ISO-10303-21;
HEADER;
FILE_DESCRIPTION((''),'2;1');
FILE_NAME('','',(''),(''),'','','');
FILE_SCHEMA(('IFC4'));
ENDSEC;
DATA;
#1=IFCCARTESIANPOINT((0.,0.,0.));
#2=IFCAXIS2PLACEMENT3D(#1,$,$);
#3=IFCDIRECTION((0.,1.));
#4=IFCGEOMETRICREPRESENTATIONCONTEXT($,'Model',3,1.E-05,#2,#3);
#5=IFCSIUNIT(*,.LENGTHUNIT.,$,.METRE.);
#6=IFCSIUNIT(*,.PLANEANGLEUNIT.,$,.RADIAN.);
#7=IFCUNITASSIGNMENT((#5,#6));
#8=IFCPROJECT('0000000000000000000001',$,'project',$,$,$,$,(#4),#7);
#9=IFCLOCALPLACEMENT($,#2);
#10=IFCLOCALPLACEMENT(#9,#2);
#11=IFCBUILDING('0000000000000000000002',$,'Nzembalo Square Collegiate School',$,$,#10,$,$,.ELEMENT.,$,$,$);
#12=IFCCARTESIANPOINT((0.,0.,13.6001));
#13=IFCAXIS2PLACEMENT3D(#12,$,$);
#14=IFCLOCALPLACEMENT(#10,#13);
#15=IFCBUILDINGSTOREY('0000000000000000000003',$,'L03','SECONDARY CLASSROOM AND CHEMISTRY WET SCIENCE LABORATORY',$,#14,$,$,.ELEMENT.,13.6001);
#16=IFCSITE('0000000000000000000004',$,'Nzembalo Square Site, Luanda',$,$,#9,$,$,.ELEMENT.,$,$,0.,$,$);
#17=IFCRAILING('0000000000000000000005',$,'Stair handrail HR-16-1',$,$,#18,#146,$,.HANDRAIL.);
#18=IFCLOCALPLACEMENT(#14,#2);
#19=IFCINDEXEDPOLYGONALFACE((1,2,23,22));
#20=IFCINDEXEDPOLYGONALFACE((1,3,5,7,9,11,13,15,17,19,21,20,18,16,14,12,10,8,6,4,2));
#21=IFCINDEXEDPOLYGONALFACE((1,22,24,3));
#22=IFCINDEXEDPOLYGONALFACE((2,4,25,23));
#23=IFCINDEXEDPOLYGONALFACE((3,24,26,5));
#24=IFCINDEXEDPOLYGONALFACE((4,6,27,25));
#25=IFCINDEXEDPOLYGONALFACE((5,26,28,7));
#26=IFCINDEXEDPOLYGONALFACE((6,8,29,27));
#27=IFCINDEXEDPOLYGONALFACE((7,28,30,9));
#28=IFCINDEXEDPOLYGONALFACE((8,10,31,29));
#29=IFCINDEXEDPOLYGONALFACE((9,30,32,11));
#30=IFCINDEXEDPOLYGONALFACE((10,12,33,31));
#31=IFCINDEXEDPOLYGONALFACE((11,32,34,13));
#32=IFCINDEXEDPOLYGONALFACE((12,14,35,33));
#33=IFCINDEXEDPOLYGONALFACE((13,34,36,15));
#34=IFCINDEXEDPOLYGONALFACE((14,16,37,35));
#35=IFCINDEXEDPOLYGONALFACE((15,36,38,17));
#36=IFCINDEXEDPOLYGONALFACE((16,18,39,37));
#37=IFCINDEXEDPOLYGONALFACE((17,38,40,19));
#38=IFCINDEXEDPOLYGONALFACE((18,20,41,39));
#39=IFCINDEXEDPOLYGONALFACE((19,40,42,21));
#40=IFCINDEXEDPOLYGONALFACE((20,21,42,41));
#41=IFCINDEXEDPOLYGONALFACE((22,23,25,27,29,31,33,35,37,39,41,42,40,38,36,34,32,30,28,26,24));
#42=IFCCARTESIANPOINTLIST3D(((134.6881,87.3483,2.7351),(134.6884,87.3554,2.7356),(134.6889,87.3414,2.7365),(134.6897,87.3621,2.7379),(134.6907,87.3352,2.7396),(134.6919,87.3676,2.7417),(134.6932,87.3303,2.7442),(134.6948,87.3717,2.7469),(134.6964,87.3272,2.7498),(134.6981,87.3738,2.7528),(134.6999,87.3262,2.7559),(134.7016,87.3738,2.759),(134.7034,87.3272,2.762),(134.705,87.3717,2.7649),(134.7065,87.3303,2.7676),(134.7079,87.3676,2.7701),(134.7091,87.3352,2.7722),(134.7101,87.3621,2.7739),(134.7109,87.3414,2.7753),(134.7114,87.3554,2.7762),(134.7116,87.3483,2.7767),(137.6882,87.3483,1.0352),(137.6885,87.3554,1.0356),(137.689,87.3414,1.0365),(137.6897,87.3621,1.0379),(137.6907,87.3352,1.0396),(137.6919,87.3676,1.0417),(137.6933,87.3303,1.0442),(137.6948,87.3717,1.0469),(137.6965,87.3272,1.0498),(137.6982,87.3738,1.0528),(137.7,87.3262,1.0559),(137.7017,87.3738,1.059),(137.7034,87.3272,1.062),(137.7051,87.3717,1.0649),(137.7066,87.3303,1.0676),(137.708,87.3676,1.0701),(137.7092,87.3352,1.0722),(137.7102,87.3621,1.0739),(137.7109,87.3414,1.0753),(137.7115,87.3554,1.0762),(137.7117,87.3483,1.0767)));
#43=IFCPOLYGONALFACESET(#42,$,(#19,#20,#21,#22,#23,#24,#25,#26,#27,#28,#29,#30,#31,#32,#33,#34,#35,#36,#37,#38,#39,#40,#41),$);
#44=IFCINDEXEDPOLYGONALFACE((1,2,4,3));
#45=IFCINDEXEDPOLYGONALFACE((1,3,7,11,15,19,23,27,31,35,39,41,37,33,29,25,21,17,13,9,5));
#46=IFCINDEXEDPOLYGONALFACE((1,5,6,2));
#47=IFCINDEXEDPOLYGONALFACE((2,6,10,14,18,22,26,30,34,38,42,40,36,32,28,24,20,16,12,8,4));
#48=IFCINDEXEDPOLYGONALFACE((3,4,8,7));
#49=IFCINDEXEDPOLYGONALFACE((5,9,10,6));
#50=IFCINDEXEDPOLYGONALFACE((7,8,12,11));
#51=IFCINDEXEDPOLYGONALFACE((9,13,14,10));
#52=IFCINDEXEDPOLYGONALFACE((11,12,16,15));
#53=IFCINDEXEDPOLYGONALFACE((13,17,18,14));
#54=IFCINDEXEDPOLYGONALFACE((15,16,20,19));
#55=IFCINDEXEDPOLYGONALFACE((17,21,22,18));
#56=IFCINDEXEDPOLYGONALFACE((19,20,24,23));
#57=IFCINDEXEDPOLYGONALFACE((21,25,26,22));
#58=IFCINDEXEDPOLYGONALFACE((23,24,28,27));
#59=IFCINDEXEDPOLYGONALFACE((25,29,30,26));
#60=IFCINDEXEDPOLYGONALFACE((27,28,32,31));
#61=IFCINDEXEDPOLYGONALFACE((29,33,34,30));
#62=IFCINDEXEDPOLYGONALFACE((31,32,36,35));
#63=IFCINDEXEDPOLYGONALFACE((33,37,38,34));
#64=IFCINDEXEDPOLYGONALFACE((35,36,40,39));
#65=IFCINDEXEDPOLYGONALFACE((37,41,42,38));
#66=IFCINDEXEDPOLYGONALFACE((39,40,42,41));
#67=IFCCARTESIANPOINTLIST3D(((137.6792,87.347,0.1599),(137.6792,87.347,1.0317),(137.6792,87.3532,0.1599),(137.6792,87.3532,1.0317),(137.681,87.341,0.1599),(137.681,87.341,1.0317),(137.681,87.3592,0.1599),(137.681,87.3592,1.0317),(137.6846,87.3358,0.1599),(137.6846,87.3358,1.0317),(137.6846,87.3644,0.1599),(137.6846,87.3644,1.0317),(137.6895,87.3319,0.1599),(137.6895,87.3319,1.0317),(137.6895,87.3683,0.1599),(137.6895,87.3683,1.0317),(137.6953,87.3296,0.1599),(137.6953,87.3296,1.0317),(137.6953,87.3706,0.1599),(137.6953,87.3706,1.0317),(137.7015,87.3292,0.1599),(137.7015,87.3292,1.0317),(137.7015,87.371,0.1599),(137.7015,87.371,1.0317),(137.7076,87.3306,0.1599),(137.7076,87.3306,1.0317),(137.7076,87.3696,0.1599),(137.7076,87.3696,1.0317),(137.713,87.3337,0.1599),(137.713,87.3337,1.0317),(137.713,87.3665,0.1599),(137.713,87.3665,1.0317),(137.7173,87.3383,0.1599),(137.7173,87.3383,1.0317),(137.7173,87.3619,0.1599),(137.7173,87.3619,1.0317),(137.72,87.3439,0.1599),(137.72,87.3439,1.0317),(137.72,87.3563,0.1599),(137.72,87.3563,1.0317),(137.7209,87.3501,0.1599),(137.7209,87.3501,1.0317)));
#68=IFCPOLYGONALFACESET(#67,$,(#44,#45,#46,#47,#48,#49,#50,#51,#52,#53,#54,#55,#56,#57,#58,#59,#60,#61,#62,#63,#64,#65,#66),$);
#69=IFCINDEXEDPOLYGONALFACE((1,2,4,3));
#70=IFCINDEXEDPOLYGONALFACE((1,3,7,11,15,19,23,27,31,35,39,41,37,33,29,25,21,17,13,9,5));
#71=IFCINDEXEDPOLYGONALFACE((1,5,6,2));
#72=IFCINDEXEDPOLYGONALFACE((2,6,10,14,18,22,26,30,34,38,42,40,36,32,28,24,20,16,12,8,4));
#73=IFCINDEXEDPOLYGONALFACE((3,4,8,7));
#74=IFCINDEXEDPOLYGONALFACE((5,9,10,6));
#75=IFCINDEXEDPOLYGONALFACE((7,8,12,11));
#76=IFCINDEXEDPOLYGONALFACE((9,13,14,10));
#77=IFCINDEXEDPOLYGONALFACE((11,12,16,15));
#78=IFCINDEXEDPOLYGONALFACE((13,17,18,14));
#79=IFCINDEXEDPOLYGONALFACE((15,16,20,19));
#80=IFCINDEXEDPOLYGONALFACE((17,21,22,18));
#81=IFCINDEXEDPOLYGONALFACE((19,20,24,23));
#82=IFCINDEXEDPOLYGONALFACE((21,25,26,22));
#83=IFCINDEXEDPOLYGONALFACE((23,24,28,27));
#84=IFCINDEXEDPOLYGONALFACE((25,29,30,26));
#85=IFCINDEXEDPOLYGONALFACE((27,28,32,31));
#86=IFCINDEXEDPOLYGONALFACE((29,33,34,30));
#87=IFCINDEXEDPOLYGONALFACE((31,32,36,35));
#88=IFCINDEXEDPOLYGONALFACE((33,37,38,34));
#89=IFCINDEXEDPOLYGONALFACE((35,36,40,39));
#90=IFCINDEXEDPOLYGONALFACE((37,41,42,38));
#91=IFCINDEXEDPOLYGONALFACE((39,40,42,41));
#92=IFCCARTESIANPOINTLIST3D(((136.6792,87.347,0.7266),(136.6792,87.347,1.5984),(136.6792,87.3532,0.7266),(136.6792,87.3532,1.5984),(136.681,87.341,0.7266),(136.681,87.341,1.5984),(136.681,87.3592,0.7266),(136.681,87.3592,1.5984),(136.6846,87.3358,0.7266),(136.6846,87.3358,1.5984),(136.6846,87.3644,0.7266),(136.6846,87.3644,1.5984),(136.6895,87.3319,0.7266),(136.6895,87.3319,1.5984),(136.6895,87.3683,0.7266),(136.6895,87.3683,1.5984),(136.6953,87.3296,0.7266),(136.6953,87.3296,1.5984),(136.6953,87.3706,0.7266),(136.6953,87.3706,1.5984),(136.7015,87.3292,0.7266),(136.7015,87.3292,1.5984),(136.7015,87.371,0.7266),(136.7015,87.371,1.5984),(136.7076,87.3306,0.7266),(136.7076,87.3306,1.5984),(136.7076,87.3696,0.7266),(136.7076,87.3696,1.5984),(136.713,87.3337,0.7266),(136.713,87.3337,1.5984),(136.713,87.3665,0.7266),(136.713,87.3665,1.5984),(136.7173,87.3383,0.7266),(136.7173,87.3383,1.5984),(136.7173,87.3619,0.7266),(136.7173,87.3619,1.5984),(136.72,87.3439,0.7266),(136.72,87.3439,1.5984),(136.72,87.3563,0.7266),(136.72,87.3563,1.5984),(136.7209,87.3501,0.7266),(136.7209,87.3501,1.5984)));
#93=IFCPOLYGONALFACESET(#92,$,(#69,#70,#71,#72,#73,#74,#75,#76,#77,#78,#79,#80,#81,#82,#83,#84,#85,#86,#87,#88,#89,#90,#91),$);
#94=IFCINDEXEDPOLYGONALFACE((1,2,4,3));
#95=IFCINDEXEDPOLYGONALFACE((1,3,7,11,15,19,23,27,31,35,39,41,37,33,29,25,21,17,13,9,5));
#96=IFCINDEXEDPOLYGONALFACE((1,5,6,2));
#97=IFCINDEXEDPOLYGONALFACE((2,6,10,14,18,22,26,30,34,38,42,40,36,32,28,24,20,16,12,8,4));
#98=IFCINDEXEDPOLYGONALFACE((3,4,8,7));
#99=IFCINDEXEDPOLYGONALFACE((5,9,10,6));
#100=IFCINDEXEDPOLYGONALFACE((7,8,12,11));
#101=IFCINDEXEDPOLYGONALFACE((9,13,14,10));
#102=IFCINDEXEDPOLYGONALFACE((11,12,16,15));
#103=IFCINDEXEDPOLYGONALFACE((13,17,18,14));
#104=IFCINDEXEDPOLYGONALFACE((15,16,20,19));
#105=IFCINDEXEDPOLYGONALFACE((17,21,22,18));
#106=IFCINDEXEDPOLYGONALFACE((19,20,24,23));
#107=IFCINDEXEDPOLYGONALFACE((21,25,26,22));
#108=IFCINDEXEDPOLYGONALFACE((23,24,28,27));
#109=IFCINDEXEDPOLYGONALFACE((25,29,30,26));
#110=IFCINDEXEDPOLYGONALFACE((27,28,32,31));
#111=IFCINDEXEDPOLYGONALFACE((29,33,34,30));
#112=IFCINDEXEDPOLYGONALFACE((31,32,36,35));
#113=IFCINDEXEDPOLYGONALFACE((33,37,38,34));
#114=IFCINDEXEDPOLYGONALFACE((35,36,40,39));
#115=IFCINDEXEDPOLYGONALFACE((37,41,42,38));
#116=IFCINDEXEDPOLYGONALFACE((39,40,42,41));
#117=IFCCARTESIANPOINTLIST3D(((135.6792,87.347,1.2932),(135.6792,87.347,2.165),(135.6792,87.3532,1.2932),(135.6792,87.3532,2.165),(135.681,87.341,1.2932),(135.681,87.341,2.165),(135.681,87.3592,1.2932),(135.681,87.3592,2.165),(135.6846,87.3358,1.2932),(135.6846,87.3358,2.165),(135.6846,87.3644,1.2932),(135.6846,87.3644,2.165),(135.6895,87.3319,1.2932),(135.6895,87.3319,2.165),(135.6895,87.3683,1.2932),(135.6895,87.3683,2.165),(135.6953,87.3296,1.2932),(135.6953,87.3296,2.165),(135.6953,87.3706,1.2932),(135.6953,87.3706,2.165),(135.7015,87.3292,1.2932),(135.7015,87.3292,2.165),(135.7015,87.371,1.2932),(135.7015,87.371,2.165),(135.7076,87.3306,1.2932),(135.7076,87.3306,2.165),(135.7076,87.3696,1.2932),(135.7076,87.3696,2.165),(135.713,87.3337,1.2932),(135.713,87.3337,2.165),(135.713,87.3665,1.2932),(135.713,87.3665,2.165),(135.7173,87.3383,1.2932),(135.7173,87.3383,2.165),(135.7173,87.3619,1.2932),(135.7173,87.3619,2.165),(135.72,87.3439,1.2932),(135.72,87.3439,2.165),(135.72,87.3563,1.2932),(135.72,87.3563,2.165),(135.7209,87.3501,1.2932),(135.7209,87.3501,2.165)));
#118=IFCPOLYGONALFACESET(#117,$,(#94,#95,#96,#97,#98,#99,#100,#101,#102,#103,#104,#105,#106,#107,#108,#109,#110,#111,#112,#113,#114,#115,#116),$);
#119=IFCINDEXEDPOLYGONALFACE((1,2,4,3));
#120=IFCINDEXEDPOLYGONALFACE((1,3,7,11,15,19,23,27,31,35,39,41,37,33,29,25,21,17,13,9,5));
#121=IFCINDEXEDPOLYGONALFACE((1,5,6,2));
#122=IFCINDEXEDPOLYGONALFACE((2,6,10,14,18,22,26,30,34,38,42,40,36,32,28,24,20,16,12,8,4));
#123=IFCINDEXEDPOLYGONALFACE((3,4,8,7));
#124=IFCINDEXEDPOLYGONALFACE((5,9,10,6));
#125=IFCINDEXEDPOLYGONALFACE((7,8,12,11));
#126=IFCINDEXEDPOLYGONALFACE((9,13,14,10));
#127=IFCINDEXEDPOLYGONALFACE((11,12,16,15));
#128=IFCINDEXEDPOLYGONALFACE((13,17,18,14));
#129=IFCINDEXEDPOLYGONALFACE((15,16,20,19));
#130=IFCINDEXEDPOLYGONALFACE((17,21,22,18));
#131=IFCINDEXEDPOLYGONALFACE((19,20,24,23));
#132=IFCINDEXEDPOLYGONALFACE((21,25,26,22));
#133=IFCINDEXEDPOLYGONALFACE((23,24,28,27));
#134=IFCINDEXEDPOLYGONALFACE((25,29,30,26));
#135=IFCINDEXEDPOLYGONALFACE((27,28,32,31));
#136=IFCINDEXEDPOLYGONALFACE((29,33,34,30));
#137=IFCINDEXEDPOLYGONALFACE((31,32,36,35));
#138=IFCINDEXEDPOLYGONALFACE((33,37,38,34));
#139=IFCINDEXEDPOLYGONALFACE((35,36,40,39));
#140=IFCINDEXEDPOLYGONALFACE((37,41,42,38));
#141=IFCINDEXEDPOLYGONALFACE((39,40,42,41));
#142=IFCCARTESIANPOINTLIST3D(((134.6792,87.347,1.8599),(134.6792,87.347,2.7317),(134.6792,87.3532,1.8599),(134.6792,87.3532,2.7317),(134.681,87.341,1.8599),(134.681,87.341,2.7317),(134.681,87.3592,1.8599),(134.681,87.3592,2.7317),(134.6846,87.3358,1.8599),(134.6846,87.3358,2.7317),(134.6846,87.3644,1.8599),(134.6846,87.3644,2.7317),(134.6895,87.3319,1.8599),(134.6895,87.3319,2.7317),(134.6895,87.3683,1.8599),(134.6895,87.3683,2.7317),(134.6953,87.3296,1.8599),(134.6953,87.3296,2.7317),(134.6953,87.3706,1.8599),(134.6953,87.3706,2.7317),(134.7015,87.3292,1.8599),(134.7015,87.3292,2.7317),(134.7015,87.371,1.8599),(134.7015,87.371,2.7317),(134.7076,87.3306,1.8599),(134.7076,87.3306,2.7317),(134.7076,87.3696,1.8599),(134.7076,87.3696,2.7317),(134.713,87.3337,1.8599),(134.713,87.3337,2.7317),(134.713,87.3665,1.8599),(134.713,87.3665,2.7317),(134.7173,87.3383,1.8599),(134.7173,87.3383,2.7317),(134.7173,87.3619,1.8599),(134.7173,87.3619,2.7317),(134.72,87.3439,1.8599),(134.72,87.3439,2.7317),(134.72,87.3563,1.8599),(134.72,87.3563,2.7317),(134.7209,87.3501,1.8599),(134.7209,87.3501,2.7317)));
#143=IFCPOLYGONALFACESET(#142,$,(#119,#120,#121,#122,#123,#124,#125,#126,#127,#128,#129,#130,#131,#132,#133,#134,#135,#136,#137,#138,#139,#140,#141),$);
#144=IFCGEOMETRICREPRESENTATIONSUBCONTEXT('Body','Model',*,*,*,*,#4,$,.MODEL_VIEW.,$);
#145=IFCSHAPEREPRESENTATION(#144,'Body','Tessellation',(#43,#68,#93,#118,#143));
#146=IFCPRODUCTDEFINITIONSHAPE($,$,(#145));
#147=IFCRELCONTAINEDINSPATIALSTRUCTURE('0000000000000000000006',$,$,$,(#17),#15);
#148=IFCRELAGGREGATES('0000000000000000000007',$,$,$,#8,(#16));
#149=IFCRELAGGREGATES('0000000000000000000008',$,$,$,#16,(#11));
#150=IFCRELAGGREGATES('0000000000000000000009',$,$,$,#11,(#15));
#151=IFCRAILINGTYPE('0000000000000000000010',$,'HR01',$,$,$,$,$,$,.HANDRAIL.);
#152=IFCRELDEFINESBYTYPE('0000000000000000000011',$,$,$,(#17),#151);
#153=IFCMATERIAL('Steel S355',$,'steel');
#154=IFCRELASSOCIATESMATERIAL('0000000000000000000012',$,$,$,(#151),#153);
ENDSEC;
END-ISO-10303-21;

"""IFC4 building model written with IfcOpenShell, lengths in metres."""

from ifc_helpers import new_model, si_unit, direction, frame, origin, origin_2d, place, context, subcontext, project, spatial, circle, extrude, material, type_object, element, save


model = new_model("IFC4")

# Units and contexts
model_context = context("Model", 3, precision=1e-05, world=origin(), true_north=direction((0.0, 1.0)))
body_context = subcontext(model_context, "Body", "Model", "MODEL_VIEW")
ifc_project = project(units=[si_unit("LENGTHUNIT", "METRE"), si_unit("PLANEANGLEUNIT", "RADIAN")], contexts=[model_context])

# Site, building, storey
site_placement = place(None, origin())
site = spatial("IfcSite", under=ifc_project, at=site_placement, Name="Nzembalo Square Site, Luanda", CompositionType="ELEMENT", RefElevation=0.0)
building_placement = place(site_placement, origin())
building = spatial("IfcBuilding", under=site, at=building_placement, Name="Nzembalo Square Collegiate School", CompositionType="ELEMENT")
storey_placement = place(building_placement, frame((0.0, 0.0, 13.6001)))
storey = spatial("IfcBuildingStorey", under=building, at=storey_placement, Name="L03", Description="SECONDARY CLASSROOM AND CHEMISTRY WET SCIENCE LABORATORY", CompositionType="ELEMENT", Elevation=13.6001)

# Railing
ifc_material_1 = material(Name="Steel S355", Category="steel")
railing_type_1 = type_object("IfcRailingType", Name="HR01", PredefinedType="HANDRAIL", material=ifc_material_1)
railing_1_placement = place(storey_placement, frame((137.7, 87.3501, 0.1599)))
element("IfcRailing", 1, at=railing_1_placement, inside=storey, type_object=railing_type_1, Name="Stair handrail HR-16-1", PredefinedType="HANDRAIL", context=body_context, shape_type="SweptSolid", body=[
    extrude(circle(Radius=0.0239, at=origin_2d()), frame((0.0, 0.0, 0.896), z_axis=(-0.870028, 0.0, 0.493002), x_axis=(0.0, -1.0, 0.0)), (0.0, 0.0, 1.0), 3.4482),
    extrude(circle(Radius=0.021, at=origin_2d()), origin(), (0.0, 0.0, 1.0), 0.8718),
    extrude(circle(Radius=0.021, at=origin_2d()), frame((-1.0, 0.0, 0.5667)), (0.0, 0.0, 1.0), 0.8718),
    extrude(circle(Radius=0.021, at=origin_2d()), frame((-2.0, 0.0, 1.1333)), (0.0, 0.0, 1.0), 0.8718),
    extrude(circle(Radius=0.021, at=origin_2d()), frame((-3.0, 0.0, 1.7)), (0.0, 0.0, 1.0), 0.8718),
])

save(model, "model.ifc")
